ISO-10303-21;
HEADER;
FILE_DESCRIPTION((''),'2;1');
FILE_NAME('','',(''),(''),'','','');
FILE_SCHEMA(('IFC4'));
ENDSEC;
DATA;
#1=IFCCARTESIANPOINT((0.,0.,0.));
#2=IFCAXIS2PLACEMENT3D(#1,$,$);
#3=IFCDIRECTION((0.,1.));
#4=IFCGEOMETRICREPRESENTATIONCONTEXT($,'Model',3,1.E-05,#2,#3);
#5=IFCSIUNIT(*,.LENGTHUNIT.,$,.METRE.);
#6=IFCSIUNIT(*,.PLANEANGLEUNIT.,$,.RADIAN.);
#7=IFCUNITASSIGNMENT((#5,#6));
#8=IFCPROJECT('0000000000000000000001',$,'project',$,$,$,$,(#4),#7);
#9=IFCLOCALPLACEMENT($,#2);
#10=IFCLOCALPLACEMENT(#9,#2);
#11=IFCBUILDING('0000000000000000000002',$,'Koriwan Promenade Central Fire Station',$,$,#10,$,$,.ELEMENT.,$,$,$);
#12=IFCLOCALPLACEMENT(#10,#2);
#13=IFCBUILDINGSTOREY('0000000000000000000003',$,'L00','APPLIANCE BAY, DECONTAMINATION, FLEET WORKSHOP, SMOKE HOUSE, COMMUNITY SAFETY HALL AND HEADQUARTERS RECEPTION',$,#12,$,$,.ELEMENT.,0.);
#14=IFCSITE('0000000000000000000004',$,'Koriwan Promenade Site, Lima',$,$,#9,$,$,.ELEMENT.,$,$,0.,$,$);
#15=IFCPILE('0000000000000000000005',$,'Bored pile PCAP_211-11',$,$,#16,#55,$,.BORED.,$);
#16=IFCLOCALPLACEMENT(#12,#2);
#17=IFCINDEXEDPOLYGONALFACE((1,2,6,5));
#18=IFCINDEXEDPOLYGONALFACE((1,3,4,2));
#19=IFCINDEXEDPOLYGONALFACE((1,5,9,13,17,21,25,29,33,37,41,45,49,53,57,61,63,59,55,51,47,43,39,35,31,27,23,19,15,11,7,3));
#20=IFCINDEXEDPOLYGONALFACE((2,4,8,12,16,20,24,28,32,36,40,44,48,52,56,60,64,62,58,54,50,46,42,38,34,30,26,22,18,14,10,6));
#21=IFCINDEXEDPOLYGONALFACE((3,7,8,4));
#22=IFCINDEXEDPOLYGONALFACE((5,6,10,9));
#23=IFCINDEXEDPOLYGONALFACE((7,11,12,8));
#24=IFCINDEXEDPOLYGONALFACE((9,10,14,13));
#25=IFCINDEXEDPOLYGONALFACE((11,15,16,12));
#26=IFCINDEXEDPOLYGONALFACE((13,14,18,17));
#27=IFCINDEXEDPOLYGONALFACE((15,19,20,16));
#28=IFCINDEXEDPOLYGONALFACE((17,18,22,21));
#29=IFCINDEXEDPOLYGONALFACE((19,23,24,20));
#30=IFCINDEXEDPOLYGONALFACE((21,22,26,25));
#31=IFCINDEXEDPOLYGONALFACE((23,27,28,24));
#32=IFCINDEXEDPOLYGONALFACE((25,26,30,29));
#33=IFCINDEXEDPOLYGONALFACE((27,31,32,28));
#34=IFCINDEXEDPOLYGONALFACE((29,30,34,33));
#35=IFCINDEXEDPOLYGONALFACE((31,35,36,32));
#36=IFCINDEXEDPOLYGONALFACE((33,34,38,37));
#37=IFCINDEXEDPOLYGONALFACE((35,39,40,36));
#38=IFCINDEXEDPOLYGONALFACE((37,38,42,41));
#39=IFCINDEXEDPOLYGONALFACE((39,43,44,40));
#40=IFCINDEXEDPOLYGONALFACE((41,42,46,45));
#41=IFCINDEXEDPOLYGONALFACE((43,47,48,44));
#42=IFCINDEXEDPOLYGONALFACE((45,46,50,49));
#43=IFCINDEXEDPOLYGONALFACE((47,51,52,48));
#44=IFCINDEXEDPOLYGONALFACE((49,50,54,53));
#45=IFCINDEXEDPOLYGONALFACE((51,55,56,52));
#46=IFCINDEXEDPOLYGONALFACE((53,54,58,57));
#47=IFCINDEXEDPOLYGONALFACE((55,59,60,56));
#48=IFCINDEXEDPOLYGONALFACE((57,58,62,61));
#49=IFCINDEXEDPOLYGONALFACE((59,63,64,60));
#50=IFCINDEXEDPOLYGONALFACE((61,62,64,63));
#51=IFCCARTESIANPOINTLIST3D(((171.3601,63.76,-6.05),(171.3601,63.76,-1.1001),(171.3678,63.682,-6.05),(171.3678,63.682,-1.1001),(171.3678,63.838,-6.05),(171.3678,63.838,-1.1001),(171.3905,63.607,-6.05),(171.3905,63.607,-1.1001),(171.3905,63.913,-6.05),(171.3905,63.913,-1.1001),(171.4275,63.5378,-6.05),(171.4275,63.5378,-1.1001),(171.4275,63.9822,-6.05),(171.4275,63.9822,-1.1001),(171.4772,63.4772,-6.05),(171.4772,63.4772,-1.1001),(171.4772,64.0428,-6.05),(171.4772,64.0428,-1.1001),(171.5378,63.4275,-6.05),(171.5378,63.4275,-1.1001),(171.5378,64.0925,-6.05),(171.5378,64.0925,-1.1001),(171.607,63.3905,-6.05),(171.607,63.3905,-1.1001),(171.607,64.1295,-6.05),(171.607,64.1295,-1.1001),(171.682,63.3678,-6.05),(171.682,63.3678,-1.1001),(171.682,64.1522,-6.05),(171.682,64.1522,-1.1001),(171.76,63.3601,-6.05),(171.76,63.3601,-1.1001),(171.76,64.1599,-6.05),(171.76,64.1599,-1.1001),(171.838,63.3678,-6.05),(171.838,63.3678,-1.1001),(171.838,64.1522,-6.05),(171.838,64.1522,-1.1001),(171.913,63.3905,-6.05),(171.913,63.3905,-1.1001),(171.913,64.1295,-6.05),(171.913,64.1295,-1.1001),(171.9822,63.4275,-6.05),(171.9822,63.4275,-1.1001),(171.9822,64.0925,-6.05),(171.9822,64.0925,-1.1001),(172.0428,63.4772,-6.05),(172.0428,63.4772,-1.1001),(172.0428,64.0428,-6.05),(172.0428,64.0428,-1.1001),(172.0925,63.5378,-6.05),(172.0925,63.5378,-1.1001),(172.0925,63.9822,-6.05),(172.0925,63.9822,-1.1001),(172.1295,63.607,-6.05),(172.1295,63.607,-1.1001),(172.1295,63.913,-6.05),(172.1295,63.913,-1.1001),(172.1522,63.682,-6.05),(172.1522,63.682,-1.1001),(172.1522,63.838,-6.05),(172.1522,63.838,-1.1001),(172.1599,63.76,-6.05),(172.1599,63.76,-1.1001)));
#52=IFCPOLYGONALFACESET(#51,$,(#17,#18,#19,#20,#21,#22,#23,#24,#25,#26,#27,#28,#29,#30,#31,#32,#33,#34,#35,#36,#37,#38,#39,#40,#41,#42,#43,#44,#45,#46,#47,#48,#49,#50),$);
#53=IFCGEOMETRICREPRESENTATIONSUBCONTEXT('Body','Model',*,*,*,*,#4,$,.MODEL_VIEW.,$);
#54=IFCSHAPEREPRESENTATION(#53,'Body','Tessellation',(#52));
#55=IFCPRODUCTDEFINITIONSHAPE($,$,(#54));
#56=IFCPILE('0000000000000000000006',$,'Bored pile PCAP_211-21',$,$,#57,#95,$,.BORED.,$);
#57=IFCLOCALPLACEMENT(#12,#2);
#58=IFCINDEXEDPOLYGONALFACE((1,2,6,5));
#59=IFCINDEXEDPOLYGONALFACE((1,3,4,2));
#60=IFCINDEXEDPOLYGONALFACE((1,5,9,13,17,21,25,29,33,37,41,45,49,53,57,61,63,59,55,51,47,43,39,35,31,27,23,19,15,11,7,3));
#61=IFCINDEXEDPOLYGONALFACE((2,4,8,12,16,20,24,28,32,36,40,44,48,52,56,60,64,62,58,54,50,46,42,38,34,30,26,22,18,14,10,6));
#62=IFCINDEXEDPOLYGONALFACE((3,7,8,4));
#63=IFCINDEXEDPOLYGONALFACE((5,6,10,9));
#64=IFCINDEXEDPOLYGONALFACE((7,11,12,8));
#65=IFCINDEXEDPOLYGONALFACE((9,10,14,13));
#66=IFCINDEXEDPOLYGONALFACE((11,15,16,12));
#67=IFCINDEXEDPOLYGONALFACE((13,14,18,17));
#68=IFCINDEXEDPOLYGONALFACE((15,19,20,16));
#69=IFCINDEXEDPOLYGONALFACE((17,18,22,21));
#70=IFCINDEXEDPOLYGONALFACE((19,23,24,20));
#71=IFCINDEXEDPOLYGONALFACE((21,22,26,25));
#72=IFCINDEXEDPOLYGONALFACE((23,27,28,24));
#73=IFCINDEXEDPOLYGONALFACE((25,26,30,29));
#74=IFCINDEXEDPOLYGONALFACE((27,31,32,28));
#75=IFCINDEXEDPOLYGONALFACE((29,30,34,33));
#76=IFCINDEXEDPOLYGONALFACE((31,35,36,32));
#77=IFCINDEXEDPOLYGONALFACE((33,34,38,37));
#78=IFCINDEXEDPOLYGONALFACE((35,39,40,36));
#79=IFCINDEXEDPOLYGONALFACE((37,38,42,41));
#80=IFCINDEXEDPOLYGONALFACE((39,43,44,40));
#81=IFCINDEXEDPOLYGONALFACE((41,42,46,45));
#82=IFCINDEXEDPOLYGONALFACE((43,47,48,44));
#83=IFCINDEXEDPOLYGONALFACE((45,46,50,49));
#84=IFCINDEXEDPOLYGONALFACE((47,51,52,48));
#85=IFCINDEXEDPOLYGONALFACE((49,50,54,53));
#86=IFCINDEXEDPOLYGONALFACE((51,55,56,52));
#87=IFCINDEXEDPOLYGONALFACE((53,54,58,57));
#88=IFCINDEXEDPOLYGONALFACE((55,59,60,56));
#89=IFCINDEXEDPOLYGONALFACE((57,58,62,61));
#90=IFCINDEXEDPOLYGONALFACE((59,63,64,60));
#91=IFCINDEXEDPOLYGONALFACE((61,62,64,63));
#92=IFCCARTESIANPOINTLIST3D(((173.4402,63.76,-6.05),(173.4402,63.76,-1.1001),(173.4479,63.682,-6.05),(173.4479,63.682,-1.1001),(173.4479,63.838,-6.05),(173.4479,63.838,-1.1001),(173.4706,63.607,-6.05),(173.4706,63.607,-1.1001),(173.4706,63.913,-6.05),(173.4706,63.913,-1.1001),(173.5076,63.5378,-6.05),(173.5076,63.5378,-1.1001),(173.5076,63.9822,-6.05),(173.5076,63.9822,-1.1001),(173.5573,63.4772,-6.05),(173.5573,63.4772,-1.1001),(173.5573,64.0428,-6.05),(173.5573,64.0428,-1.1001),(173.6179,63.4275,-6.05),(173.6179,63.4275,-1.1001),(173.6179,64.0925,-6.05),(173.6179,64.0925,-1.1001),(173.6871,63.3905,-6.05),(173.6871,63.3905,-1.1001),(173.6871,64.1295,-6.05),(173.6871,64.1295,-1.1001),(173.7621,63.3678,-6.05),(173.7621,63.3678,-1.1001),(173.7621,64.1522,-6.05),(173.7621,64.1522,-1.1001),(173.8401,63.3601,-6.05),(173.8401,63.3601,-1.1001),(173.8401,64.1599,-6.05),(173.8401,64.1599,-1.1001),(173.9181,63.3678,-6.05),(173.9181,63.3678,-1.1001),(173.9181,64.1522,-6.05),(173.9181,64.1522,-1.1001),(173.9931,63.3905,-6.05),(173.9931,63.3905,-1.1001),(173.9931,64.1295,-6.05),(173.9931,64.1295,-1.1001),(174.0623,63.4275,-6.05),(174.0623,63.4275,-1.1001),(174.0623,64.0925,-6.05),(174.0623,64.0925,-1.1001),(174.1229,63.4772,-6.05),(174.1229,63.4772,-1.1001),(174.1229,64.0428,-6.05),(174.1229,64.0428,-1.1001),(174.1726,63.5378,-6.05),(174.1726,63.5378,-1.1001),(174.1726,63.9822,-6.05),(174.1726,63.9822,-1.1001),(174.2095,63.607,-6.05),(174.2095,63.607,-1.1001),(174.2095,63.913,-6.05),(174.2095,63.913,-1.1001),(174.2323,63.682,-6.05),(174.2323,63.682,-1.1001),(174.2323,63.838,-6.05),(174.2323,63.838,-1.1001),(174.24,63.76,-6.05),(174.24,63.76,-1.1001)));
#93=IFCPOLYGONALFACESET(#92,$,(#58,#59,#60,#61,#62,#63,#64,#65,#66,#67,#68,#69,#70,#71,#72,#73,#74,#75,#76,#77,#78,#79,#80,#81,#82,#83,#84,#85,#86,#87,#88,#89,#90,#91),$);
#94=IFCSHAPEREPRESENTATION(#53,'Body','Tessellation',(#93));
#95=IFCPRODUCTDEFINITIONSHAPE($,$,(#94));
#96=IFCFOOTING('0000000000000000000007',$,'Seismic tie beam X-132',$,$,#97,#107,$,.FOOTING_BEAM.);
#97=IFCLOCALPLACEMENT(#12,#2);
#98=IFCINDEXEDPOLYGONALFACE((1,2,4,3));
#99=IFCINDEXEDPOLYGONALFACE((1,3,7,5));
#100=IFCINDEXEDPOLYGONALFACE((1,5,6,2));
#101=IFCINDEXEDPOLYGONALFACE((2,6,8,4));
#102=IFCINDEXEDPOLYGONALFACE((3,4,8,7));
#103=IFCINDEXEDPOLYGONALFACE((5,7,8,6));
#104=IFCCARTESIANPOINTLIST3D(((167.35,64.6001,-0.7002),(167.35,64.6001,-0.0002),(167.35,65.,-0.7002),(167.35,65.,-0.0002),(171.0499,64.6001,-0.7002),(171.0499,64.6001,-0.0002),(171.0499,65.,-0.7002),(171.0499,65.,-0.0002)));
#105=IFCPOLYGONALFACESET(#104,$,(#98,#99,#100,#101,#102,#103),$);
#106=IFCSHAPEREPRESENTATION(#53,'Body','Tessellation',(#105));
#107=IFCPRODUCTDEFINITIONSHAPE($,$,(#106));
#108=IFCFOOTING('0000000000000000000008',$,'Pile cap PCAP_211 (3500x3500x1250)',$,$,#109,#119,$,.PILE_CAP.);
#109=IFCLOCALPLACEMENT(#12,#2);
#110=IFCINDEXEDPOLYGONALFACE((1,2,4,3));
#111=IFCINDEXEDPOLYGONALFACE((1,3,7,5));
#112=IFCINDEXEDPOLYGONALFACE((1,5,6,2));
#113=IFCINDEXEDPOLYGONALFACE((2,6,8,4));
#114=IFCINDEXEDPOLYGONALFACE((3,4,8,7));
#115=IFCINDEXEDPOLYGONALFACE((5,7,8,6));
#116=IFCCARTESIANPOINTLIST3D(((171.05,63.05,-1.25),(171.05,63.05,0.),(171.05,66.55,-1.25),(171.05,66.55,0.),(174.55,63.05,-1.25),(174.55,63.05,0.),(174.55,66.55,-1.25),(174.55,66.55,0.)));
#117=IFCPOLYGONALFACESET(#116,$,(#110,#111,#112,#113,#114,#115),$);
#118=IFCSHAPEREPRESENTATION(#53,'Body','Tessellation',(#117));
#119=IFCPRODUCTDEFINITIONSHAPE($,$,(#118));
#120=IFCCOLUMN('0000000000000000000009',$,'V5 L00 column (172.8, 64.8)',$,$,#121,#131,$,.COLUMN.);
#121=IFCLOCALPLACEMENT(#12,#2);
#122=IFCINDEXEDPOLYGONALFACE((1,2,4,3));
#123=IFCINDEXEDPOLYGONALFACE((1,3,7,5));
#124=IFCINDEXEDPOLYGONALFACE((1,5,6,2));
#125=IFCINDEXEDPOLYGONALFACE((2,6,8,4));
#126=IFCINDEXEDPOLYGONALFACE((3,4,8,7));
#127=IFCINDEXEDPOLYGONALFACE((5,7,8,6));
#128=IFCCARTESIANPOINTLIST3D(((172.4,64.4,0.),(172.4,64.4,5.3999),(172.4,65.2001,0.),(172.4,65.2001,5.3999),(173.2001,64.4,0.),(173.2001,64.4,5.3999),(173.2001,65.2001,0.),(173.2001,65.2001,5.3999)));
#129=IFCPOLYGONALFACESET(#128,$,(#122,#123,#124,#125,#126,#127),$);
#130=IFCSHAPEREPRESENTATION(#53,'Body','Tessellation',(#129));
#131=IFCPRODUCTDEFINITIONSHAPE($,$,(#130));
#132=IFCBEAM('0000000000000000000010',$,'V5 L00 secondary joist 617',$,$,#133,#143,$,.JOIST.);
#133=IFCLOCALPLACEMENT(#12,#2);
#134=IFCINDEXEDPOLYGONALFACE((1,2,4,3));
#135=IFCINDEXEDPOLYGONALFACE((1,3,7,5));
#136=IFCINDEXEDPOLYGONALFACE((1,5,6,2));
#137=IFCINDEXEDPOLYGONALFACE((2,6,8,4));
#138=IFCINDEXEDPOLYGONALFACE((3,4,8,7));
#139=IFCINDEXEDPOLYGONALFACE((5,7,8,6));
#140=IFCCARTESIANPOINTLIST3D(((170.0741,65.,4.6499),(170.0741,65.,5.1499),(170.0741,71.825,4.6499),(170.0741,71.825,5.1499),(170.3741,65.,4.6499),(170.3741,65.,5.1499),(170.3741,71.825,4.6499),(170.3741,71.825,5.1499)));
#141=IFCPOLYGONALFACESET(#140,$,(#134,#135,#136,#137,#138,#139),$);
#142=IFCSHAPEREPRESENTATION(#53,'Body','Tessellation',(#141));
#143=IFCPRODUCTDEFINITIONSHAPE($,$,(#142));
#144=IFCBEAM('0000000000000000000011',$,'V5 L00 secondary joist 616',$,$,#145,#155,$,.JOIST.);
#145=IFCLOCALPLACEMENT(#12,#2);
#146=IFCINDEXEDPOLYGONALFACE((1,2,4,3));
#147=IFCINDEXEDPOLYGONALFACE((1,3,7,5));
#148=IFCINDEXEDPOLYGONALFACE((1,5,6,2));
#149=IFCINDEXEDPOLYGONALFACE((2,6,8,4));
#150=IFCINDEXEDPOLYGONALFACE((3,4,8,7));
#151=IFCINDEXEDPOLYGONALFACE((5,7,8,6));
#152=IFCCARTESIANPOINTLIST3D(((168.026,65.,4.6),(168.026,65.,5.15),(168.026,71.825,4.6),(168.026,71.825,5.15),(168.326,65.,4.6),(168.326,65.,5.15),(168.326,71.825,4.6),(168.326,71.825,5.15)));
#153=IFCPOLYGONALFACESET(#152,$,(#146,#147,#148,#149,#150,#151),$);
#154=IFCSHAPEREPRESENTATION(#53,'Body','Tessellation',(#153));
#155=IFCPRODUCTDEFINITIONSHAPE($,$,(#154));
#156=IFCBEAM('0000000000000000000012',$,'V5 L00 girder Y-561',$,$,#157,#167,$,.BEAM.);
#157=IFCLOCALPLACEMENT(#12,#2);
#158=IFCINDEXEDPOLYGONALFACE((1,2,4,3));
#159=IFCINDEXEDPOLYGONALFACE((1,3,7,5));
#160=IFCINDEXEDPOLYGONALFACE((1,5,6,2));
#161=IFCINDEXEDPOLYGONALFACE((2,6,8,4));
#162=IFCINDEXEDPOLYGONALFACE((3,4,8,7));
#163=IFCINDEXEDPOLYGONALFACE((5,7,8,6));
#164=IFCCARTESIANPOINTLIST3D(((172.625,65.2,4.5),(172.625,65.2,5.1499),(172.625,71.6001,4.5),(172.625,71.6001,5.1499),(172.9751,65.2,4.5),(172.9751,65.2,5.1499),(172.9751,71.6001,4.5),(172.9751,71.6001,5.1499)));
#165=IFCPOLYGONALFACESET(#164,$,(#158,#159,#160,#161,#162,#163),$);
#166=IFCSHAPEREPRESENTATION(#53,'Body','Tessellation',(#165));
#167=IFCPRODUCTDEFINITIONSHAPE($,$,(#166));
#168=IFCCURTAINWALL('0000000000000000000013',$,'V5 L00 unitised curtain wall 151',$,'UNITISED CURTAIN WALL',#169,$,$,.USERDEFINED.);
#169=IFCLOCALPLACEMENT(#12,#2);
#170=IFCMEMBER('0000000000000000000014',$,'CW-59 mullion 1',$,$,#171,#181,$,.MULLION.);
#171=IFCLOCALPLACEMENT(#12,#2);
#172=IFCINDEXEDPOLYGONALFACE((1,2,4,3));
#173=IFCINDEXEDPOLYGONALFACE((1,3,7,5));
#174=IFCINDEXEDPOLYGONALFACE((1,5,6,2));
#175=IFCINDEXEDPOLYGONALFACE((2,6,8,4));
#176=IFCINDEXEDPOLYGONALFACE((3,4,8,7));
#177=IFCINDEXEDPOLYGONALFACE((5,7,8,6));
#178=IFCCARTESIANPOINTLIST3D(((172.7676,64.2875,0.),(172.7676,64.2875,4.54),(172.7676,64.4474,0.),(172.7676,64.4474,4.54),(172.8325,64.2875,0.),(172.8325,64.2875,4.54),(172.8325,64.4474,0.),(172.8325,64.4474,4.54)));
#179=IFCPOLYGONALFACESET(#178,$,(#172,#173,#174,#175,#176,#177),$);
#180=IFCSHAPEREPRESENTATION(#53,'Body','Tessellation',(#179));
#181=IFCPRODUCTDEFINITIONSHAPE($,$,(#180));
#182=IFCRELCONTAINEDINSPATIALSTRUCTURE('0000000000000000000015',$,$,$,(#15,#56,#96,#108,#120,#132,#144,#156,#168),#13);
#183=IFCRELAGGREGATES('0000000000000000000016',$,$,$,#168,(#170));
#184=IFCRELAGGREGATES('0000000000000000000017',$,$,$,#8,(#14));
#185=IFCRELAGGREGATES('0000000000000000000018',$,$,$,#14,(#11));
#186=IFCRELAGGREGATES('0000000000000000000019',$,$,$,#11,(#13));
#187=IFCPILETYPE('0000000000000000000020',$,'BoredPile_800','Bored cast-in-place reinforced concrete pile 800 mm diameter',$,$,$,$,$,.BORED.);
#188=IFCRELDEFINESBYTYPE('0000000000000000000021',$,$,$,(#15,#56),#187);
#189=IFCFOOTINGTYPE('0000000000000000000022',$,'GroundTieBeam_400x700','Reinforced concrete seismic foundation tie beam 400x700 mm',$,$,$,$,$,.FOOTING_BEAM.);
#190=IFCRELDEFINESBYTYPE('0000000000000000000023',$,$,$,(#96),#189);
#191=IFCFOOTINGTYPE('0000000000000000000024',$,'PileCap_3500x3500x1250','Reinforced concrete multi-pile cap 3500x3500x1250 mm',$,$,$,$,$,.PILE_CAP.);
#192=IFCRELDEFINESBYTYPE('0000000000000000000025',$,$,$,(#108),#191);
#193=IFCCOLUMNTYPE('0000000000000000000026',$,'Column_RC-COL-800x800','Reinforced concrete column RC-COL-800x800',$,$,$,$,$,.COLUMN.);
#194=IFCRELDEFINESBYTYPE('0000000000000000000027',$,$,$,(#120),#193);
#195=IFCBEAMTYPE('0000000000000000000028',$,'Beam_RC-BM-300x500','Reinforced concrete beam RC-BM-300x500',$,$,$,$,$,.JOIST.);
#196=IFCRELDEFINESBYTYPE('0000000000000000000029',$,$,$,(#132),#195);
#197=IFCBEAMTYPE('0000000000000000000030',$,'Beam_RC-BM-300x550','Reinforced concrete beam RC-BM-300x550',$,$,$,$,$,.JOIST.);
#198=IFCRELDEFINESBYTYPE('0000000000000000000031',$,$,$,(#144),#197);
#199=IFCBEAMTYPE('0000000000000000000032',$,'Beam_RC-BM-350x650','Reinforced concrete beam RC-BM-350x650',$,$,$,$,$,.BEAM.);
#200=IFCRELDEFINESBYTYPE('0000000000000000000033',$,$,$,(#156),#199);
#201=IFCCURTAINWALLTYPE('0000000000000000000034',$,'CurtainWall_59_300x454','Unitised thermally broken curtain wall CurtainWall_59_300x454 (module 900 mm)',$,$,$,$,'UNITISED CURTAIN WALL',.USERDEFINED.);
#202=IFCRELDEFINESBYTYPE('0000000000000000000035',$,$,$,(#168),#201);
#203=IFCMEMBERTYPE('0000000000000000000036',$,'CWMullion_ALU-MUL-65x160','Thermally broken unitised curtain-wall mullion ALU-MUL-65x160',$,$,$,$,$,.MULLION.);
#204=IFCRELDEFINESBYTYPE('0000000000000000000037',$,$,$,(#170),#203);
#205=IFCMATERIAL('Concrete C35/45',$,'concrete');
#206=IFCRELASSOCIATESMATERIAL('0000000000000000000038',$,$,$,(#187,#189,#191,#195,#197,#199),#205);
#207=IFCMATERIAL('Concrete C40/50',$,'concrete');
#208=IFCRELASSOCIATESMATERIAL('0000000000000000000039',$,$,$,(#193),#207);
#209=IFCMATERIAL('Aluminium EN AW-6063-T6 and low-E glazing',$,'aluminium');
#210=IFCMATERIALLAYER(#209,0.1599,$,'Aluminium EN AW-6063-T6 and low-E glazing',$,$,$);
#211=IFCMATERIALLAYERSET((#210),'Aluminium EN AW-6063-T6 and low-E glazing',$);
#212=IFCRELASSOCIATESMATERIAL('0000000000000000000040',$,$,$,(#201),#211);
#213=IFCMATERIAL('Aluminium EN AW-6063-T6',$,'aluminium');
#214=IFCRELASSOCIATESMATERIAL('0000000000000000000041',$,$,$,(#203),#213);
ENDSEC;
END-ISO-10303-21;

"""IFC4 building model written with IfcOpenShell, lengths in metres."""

from ifc_helpers import new_model, si_unit, direction, frame, origin, origin_2d, place, context, subcontext, project, spatial, rectangle, circle, extrude, material, layer, layer_set, material_profile, profile_set, type_object, element, aggregate, save


model = new_model("IFC4")

# Units and contexts
model_context = context("Model", 3, precision=1e-05, world=origin(), true_north=direction((0.0, 1.0)))
body_context = subcontext(model_context, "Body", "Model", "MODEL_VIEW")
ifc_project = project(units=[si_unit("LENGTHUNIT", "METRE"), si_unit("PLANEANGLEUNIT", "RADIAN")], contexts=[model_context])

# Site, building, storey
site_placement = place(None, origin())
site = spatial("IfcSite", under=ifc_project, at=site_placement, Name="Koriwan Promenade Site, Lima", CompositionType="ELEMENT", RefElevation=0.0)
building_placement = place(site_placement, origin())
building = spatial("IfcBuilding", under=site, at=building_placement, Name="Koriwan Promenade Central Fire Station", CompositionType="ELEMENT")
storey_placement = place(building_placement, origin())
storey = spatial("IfcBuildingStorey", under=building, at=storey_placement, Name="L00", Description="APPLIANCE BAY, DECONTAMINATION, FLEET WORKSHOP, SMOKE HOUSE, COMMUNITY SAFETY HALL AND HEADQUARTERS RECEPTION", CompositionType="ELEMENT", Elevation=0.0)

# Piles
ifc_material_1 = material(Name="Concrete C35/45", Category="concrete")
ifc_material_profile_1 = material_profile(ifc_material_1, circle(Radius=0.3999, at=origin_2d()), Name="PILE-D800")
ifc_profile_set_1 = profile_set([ifc_material_profile_1], Name="Concrete C35/45")
pile_type = type_object("IfcPileType", Name="BoredPile_800", Description="Bored cast-in-place reinforced concrete pile 800 mm diameter", PredefinedType="BORED", material=ifc_profile_set_1)
for number, where, z_axis, x_axis, name in (
    (1, (171.76, 63.76, -1.1001), (0.0, 0.0, -1.0), (1.0, 0.0, 0.0), "Bored pile PCAP_211-11"),
    (2, (173.8401, 63.76, -1.1001), (0.0, 0.0, -1.0), (1.0, 0.0, 0.0), "Bored pile PCAP_211-21"),
):
    element("IfcPile", number, at=place(storey_placement, frame(where, z_axis=z_axis, x_axis=x_axis)), inside=storey, type_object=pile_type, Name=name, PredefinedType="BORED", context=body_context, shape_type="SweptSolid", body=[
        extrude(circle(Radius=0.3999, at=origin_2d()), origin(), (0.0, 0.0, 1.0), 4.95),
    ])

# Footings
footing_type_1 = type_object("IfcFootingType", Name="GroundTieBeam_400x700", Description="Reinforced concrete seismic foundation tie beam 400x700 mm", PredefinedType="FOOTING_BEAM", material=ifc_material_1)
footing_1_placement = place(storey_placement, frame((169.2, 64.8, -0.7002), z_axis=(0.0, 0.0, 1.0), x_axis=(1.0, 0.0, 0.0)))
element("IfcFooting", 3, at=footing_1_placement, inside=storey, type_object=footing_type_1, Name="Seismic tie beam X-132", PredefinedType="FOOTING_BEAM", context=body_context, shape_type="SweptSolid", body=[
    extrude(rectangle(XDim=3.7, YDim=0.3999, at=origin_2d()), origin(), (0.0, 0.0, 1.0), 0.7),
])
footing_type_2 = type_object("IfcFootingType", Name="PileCap_3500x3500x1250", Description="Reinforced concrete multi-pile cap 3500x3500x1250 mm", PredefinedType="PILE_CAP", material=ifc_material_1)
footing_2_placement = place(storey_placement, frame((172.8, 64.8, -1.25), z_axis=(0.0, 0.0, 1.0), x_axis=(1.0, 0.0, 0.0)))
element("IfcFooting", 4, at=footing_2_placement, inside=storey, type_object=footing_type_2, Name="Pile cap PCAP_211 (3500x3500x1250)", PredefinedType="PILE_CAP", context=body_context, shape_type="SweptSolid", body=[
    extrude(rectangle(XDim=3.5, YDim=3.5, at=origin_2d()), origin(), (0.0, 0.0, 1.0), 1.25),
])

# Column
ifc_material_2 = material(Name="Concrete C40/50", Category="concrete")
ifc_material_profile_2 = material_profile(ifc_material_2, rectangle(XDim=0.8, YDim=0.8, at=origin_2d()), Name="RC-COL-800x800")
ifc_profile_set_2 = profile_set([ifc_material_profile_2], Name="Concrete C40/50")
column_type = type_object("IfcColumnType", Name="Column_RC-COL-800x800", Description="Reinforced concrete column RC-COL-800x800", PredefinedType="COLUMN", material=ifc_profile_set_2)
column_placement = place(storey_placement, frame((172.8, 64.8, 0.0), z_axis=(0.0, 0.0, 1.0), x_axis=(1.0, 0.0, 0.0)))
element("IfcColumn", 5, at=column_placement, inside=storey, type_object=column_type, Name="V5 L00 column (172.8, 64.8)", PredefinedType="COLUMN", context=body_context, shape_type="SweptSolid", body=[
    extrude(rectangle(XDim=0.8, YDim=0.8, at=origin_2d()), origin(), (0.0, 0.0, 1.0), 5.3999),
])

# Beams
ifc_material_profile_3 = material_profile(ifc_material_1, rectangle(XDim=0.3, YDim=0.5, at=origin_2d()), Name="RC-BM-300x500")
ifc_profile_set_3 = profile_set([ifc_material_profile_3], Name="Concrete C35/45")
beam_type_1 = type_object("IfcBeamType", Name="Beam_RC-BM-300x500", Description="Reinforced concrete beam RC-BM-300x500", PredefinedType="JOIST", material=ifc_profile_set_3)
beam_1_placement = place(storey_placement, frame((170.2241, 65.0, 4.8999), z_axis=(0.0, 1.0, 0.0), x_axis=(-1.0, 0.0, 0.0)))
element("IfcBeam", 6, at=beam_1_placement, inside=storey, type_object=beam_type_1, Name="V5 L00 secondary joist 617", PredefinedType="JOIST", context=body_context, shape_type="SweptSolid", body=[
    extrude(rectangle(XDim=0.3, YDim=0.5, at=origin_2d()), origin(), (0.0, 0.0, 1.0), 6.825),
])
ifc_material_profile_4 = material_profile(ifc_material_1, rectangle(XDim=0.3, YDim=0.55, at=origin_2d()), Name="RC-BM-300x550")
ifc_profile_set_4 = profile_set([ifc_material_profile_4], Name="Concrete C35/45")
beam_type_2 = type_object("IfcBeamType", Name="Beam_RC-BM-300x550", Description="Reinforced concrete beam RC-BM-300x550", PredefinedType="JOIST", material=ifc_profile_set_4)
beam_2_placement = place(storey_placement, frame((168.176, 65.0, 4.875), z_axis=(0.0, 1.0, 0.0), x_axis=(-1.0, 0.0, 0.0)))
element("IfcBeam", 7, at=beam_2_placement, inside=storey, type_object=beam_type_2, Name="V5 L00 secondary joist 616", PredefinedType="JOIST", context=body_context, shape_type="SweptSolid", body=[
    extrude(rectangle(XDim=0.3, YDim=0.55, at=origin_2d()), origin(), (0.0, 0.0, 1.0), 6.825),
])
ifc_material_profile_5 = material_profile(ifc_material_1, rectangle(XDim=0.3501, YDim=0.6499, at=origin_2d()), Name="RC-BM-350x650")
ifc_profile_set_5 = profile_set([ifc_material_profile_5], Name="Concrete C35/45")
beam_type_3 = type_object("IfcBeamType", Name="Beam_RC-BM-350x650", Description="Reinforced concrete beam RC-BM-350x650", PredefinedType="BEAM", material=ifc_profile_set_5)
beam_3_placement = place(storey_placement, frame((172.8, 65.2, 4.825), z_axis=(0.0, 1.0, 0.0), x_axis=(-1.0, 0.0, 0.0)))
element("IfcBeam", 8, at=beam_3_placement, inside=storey, type_object=beam_type_3, Name="V5 L00 girder Y-561", PredefinedType="BEAM", context=body_context, shape_type="SweptSolid", body=[
    extrude(rectangle(XDim=0.3501, YDim=0.6499, at=origin_2d()), origin(), (0.0, 0.0, 1.0), 6.4001),
])

# Curtain wall, member
ifc_material_3 = material(Name="Aluminium EN AW-6063-T6 and low-E glazing", Category="aluminium")
ifc_layer_1 = layer(ifc_material_3, 0.1599, Name="Aluminium EN AW-6063-T6 and low-E glazing")
ifc_layer_set_1 = layer_set([ifc_layer_1], Name="Aluminium EN AW-6063-T6 and low-E glazing")
curtain_wall_type = type_object("IfcCurtainWallType", Name="CurtainWall_59_300x454", Description="Unitised thermally broken curtain wall CurtainWall_59_300x454 (module 900 mm)", ElementType="UNITISED CURTAIN WALL", PredefinedType="USERDEFINED", material=ifc_layer_set_1)
curtain_wall_placement = place(storey_placement, origin())
curtain_wall = element("IfcCurtainWall", 9, at=curtain_wall_placement, inside=storey, type_object=curtain_wall_type, Name="V5 L00 unitised curtain wall 151", ObjectType="UNITISED CURTAIN WALL", PredefinedType="USERDEFINED")
ifc_material_4 = material(Name="Aluminium EN AW-6063-T6", Category="aluminium")
ifc_material_profile_6 = material_profile(ifc_material_4, rectangle(XDim=0.0649, YDim=0.1599, at=origin_2d()), Name="ALU-MUL-65x160")
ifc_profile_set_6 = profile_set([ifc_material_profile_6], Name="Aluminium EN AW-6063-T6")
member_type_1 = type_object("IfcMemberType", Name="CWMullion_ALU-MUL-65x160", Description="Thermally broken unitised curtain-wall mullion ALU-MUL-65x160", PredefinedType="MULLION", material=ifc_profile_set_6)
member_1_placement = place(storey_placement, frame((172.8, 64.3674, 0.0), z_axis=(0.0, 0.0, 1.0), x_axis=(1.0, 0.0, 0.0)))
member_1 = element("IfcMember", 10, at=member_1_placement, type_object=member_type_1, Name="CW-59 mullion 1", PredefinedType="MULLION", context=body_context, shape_type="SweptSolid", body=[
    extrude(rectangle(XDim=0.0649, YDim=0.1599, at=origin_2d()), origin(), (0.0, 0.0, 1.0), 4.54),
])

aggregate(curtain_wall, [member_1])

save(model, "model.ifc")
